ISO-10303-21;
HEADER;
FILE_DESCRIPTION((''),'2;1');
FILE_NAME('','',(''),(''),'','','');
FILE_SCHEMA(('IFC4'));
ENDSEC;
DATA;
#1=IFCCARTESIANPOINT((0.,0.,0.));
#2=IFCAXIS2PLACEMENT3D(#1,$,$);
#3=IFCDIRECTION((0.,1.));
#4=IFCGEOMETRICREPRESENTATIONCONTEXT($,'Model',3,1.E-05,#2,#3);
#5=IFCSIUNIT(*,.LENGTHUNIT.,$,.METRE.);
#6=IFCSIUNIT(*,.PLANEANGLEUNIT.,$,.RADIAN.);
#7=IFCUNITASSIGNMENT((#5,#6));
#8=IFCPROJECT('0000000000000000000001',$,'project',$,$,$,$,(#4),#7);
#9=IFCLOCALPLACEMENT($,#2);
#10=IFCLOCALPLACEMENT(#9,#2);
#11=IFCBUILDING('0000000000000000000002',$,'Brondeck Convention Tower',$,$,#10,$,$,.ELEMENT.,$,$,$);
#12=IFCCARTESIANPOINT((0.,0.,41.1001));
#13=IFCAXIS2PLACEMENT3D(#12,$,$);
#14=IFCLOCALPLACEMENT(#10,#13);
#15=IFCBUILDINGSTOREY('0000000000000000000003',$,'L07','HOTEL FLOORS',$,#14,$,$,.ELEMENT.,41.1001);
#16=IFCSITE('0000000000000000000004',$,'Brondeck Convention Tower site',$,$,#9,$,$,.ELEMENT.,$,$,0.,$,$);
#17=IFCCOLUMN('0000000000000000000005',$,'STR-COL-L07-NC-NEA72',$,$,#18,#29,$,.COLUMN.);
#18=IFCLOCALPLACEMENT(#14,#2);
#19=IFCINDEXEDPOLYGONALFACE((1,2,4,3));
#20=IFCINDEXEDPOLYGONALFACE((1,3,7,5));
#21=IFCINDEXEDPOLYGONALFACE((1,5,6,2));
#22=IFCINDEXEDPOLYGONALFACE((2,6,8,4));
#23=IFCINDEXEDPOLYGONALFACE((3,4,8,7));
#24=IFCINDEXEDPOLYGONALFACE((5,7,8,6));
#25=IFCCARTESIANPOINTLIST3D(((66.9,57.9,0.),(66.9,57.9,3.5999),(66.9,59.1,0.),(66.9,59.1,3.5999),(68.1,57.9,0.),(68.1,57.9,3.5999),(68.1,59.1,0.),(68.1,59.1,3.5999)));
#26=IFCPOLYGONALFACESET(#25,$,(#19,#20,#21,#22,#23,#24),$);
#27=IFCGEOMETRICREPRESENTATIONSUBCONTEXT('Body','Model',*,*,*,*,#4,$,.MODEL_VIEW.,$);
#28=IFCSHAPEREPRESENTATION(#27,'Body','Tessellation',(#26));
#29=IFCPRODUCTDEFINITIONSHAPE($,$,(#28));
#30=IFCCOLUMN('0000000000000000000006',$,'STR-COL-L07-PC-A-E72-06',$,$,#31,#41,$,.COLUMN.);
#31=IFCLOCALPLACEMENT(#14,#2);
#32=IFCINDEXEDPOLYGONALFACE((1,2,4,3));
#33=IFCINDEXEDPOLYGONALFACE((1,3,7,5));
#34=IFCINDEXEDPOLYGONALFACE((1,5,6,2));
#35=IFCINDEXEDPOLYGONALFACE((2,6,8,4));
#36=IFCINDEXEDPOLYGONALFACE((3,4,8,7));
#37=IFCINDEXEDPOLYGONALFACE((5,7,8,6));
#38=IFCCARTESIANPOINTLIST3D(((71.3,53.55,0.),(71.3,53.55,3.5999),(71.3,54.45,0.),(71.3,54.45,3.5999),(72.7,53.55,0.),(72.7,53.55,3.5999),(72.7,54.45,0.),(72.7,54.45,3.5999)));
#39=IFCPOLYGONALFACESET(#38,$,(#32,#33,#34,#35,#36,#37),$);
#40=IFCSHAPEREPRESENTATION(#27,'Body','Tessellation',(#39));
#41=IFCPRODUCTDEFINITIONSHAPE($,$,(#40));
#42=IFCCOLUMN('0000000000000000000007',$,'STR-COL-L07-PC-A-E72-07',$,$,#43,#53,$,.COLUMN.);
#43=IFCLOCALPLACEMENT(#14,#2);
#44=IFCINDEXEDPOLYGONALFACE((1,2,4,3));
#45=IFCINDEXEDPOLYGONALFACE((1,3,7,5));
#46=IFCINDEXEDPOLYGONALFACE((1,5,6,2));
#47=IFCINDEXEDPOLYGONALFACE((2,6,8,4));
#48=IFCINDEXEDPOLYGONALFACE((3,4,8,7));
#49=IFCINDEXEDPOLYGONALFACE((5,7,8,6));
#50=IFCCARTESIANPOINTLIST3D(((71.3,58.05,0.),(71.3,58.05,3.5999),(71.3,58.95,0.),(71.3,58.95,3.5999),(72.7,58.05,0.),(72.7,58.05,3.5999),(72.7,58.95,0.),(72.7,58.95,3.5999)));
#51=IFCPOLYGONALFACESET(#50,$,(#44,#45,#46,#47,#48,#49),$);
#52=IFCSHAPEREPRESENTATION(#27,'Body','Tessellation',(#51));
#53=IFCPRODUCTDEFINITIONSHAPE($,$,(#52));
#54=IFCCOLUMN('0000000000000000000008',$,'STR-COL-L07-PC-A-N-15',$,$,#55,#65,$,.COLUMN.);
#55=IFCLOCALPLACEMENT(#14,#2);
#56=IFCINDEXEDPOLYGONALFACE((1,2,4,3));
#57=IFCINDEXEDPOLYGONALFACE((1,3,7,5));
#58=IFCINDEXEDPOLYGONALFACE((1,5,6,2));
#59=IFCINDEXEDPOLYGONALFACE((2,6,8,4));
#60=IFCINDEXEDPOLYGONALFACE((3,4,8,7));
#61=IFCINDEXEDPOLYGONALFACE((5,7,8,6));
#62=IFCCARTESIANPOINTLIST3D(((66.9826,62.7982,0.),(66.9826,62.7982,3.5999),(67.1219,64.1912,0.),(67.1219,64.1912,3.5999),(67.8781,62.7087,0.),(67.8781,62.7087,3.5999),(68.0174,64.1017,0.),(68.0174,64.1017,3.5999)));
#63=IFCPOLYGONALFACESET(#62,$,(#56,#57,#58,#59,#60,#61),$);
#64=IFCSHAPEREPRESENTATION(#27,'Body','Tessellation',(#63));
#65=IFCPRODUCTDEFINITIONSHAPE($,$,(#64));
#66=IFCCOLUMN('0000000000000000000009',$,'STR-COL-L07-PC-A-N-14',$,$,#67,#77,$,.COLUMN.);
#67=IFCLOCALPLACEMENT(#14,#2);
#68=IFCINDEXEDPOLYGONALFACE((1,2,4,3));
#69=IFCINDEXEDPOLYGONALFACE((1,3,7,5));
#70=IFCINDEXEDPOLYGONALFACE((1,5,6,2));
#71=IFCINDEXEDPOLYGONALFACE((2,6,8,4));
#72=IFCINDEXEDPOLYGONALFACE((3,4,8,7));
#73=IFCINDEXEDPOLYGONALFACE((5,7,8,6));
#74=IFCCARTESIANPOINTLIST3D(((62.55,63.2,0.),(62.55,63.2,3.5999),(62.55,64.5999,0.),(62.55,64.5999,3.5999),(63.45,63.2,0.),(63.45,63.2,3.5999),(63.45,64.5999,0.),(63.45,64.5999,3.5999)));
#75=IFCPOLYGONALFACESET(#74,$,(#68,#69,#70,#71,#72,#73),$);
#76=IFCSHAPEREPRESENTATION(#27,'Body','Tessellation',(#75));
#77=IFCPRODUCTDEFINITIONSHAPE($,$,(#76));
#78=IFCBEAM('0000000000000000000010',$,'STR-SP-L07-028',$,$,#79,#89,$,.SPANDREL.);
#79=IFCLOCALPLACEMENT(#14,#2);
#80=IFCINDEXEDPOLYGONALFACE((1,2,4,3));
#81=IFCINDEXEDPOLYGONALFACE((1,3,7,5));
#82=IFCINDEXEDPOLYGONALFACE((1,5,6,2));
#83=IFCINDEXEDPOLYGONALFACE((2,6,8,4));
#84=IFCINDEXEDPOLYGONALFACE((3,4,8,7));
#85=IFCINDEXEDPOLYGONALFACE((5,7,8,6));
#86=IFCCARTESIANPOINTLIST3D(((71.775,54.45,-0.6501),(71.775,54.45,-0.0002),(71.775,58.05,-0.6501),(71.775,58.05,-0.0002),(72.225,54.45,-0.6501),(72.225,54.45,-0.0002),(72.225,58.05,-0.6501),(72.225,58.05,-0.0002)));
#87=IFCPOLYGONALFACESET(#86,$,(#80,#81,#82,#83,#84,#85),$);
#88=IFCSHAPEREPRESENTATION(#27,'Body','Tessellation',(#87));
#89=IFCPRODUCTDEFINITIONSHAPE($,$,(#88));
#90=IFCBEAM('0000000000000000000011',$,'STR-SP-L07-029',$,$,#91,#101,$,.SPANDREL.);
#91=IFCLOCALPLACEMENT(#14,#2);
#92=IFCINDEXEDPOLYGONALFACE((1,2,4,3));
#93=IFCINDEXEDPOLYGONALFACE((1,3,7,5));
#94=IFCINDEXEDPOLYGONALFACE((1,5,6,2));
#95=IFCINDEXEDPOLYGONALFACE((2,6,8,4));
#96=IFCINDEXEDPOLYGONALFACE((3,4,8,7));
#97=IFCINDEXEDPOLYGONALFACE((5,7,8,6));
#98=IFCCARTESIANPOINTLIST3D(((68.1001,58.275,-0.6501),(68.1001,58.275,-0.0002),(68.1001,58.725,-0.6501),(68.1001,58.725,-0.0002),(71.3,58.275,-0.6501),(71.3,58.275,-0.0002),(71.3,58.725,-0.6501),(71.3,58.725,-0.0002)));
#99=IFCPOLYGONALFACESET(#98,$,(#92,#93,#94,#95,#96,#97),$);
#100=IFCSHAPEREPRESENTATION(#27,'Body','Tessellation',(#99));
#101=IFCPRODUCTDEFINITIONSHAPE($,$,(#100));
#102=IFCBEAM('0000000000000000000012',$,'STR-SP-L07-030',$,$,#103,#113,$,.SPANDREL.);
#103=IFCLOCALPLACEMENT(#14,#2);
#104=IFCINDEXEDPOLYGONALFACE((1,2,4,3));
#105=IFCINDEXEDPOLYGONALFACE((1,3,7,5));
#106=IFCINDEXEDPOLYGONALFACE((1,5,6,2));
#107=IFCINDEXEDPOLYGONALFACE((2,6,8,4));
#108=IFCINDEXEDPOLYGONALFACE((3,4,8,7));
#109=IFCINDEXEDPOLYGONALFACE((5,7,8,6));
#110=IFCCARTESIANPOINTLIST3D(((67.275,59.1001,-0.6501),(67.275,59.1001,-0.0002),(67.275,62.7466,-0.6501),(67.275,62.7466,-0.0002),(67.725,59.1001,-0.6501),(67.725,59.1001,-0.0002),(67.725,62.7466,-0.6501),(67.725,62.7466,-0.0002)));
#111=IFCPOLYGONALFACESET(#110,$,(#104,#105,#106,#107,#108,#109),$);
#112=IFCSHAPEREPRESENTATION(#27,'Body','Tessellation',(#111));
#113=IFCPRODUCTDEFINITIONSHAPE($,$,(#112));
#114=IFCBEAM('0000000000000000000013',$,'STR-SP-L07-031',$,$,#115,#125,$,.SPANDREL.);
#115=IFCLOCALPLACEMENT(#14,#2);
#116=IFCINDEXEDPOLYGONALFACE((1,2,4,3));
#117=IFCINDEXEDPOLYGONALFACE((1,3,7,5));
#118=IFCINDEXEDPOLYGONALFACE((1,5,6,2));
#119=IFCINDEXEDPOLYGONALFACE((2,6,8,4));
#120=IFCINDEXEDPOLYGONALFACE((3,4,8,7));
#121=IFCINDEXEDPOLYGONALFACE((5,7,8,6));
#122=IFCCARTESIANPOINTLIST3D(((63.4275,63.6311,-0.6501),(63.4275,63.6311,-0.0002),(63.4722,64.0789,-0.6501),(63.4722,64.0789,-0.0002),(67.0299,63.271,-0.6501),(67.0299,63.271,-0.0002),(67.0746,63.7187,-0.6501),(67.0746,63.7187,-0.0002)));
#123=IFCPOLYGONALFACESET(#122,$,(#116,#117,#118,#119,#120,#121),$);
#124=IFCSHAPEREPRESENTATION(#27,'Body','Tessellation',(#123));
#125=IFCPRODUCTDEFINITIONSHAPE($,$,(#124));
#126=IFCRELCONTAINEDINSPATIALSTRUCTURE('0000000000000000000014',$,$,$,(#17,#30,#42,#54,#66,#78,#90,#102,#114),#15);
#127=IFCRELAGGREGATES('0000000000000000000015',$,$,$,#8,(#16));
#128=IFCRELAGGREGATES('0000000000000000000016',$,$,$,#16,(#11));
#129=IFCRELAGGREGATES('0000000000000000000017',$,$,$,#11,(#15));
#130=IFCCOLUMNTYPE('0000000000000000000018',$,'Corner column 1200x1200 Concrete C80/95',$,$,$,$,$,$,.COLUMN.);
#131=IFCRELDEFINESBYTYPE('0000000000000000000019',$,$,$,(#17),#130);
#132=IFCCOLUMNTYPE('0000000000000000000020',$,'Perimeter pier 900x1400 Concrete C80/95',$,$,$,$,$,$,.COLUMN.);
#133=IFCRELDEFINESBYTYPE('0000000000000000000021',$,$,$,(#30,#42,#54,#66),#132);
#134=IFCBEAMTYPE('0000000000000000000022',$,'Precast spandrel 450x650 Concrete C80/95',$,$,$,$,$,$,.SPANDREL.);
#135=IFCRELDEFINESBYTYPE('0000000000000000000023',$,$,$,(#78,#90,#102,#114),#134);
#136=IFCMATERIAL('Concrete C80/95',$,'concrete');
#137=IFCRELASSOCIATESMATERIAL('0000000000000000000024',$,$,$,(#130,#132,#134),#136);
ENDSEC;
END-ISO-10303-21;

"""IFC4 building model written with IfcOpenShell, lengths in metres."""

from ifc_helpers import new_model, si_unit, direction, frame, origin, origin_2d, place, context, subcontext, project, spatial, rectangle, extrude, material, material_profile, profile_set, type_object, element, save


model = new_model("IFC4")

# Units and contexts
model_context = context("Model", 3, precision=1e-05, world=origin(), true_north=direction((0.0, 1.0)))
body_context = subcontext(model_context, "Body", "Model", "MODEL_VIEW")
ifc_project = project(units=[si_unit("LENGTHUNIT", "METRE"), si_unit("PLANEANGLEUNIT", "RADIAN")], contexts=[model_context])

# Site, building, storey
site_placement = place(None, origin())
site = spatial("IfcSite", under=ifc_project, at=site_placement, Name="Brondeck Convention Tower site", CompositionType="ELEMENT", RefElevation=0.0)
building_placement = place(site_placement, origin())
building = spatial("IfcBuilding", under=site, at=building_placement, Name="Brondeck Convention Tower", CompositionType="ELEMENT")
storey_placement = place(building_placement, frame((0.0, 0.0, 41.1001)))
storey = spatial("IfcBuildingStorey", under=building, at=storey_placement, Name="L07", Description="HOTEL FLOORS", CompositionType="ELEMENT", Elevation=41.1001)

# Columns
ifc_material_1 = material(Name="Concrete C80/95", Category="concrete")
ifc_material_profile_1 = material_profile(ifc_material_1, rectangle(XDim=1.2, YDim=1.2, at=origin_2d()), Name="Corner column 1200x1200 Concrete C80/95")
ifc_profile_set_1 = profile_set([ifc_material_profile_1], Name="Concrete C80/95")
column_type_1 = type_object("IfcColumnType", Name="Corner column 1200x1200 Concrete C80/95", PredefinedType="COLUMN", material=ifc_profile_set_1)
column_placement = place(storey_placement, frame((67.5, 58.5, 0.0), z_axis=(0.0, 0.0, 1.0), x_axis=(1.0, 0.0, 0.0)))
element("IfcColumn", 1, at=column_placement, inside=storey, type_object=column_type_1, Name="STR-COL-L07-NC-NEA72", PredefinedType="COLUMN", context=body_context, shape_type="SweptSolid", body=[
    extrude(rectangle(XDim=1.2, YDim=1.2, at=origin_2d()), origin(), (0.0, 0.0, 1.0), 3.5999),
])
ifc_material_profile_2 = material_profile(ifc_material_1, rectangle(XDim=0.8999, YDim=1.3999, at=origin_2d()), Name="Perimeter pier 900x1400 Concrete C80/95")
ifc_profile_set_2 = profile_set([ifc_material_profile_2], Name="Concrete C80/95")
column_type_2 = type_object("IfcColumnType", Name="Perimeter pier 900x1400 Concrete C80/95", PredefinedType="COLUMN", material=ifc_profile_set_2)
for number, where, z_axis, x_axis, name in (
    (2, (72.0, 54.0, 0.0), (0.0, 0.0, 1.0), (0.0, 1.0, 0.0), "STR-COL-L07-PC-A-E72-06"),
    (3, (72.0, 58.5, 0.0), (0.0, 0.0, 1.0), (0.0, 1.0, 0.0), "STR-COL-L07-PC-A-E72-07"),
    (4, (67.5, 63.45, 0.0), (0.0, 0.0, 1.0), (-0.995037, 0.099504, 0.0), "STR-COL-L07-PC-A-N-15"),
    (5, (63.0, 63.8999, 0.0), (0.0, 0.0, 1.0), (-1.0, 0.0, 0.0), "STR-COL-L07-PC-A-N-14"),
):
    element("IfcColumn", number, at=place(storey_placement, frame(where, z_axis=z_axis, x_axis=x_axis)), inside=storey, type_object=column_type_2, Name=name, PredefinedType="COLUMN", context=body_context, shape_type="SweptSolid", body=[
        extrude(rectangle(XDim=0.8999, YDim=1.3999, at=origin_2d()), origin(), (0.0, 0.0, 1.0), 3.5999),
    ])

# Beams
ifc_material_profile_3 = material_profile(ifc_material_1, rectangle(XDim=0.45, YDim=0.6499, at=origin_2d()), Name="Precast spandrel 450x650 Concrete C80/95")
ifc_profile_set_3 = profile_set([ifc_material_profile_3], Name="Concrete C80/95")
beam_type = type_object("IfcBeamType", Name="Precast spandrel 450x650 Concrete C80/95", PredefinedType="SPANDREL", material=ifc_profile_set_3)
beam_1_placement = place(storey_placement, frame((72.0, 54.45, -0.3252), z_axis=(0.0, 1.0, 0.0), x_axis=(-1.0, 0.0, 0.0)))
element("IfcBeam", 6, at=beam_1_placement, inside=storey, type_object=beam_type, Name="STR-SP-L07-028", PredefinedType="SPANDREL", context=body_context, shape_type="SweptSolid", body=[
    extrude(rectangle(XDim=0.45, YDim=0.6499, at=origin_2d()), origin(), (0.0, 0.0, 1.0), 3.6001),
])
beam_2_placement = place(storey_placement, frame((71.3, 58.5, -0.3252), z_axis=(-1.0, 0.0, 0.0), x_axis=(0.0, -1.0, 0.0)))
element("IfcBeam", 7, at=beam_2_placement, inside=storey, type_object=beam_type, Name="STR-SP-L07-029", PredefinedType="SPANDREL", context=body_context, shape_type="SweptSolid", body=[
    extrude(rectangle(XDim=0.45, YDim=0.6499, at=origin_2d()), origin(), (0.0, 0.0, 1.0), 3.2),
])
beam_3_placement = place(storey_placement, frame((67.5, 59.1001, -0.3252), z_axis=(0.0, 1.0, 0.0), x_axis=(-1.0, 0.0, 0.0)))
element("IfcBeam", 8, at=beam_3_placement, inside=storey, type_object=beam_type, Name="STR-SP-L07-030", PredefinedType="SPANDREL", context=body_context, shape_type="SweptSolid", body=[
    extrude(rectangle(XDim=0.45, YDim=0.6499, at=origin_2d()), origin(), (0.0, 0.0, 1.0), 3.6465),
])
beam_4_placement = place(storey_placement, frame((67.0522, 63.4949, -0.3252), z_axis=(-0.995041, 0.09947, 0.0), x_axis=(-0.09947, -0.995041, 0.0)))
element("IfcBeam", 9, at=beam_4_placement, inside=storey, type_object=beam_type, Name="STR-SP-L07-031", PredefinedType="SPANDREL", context=body_context, shape_type="SweptSolid", body=[
    extrude(rectangle(XDim=0.45, YDim=0.6499, at=origin_2d()), origin(), (0.0, 0.0, 1.0), 3.6204),
])

save(model, "model.ifc")
